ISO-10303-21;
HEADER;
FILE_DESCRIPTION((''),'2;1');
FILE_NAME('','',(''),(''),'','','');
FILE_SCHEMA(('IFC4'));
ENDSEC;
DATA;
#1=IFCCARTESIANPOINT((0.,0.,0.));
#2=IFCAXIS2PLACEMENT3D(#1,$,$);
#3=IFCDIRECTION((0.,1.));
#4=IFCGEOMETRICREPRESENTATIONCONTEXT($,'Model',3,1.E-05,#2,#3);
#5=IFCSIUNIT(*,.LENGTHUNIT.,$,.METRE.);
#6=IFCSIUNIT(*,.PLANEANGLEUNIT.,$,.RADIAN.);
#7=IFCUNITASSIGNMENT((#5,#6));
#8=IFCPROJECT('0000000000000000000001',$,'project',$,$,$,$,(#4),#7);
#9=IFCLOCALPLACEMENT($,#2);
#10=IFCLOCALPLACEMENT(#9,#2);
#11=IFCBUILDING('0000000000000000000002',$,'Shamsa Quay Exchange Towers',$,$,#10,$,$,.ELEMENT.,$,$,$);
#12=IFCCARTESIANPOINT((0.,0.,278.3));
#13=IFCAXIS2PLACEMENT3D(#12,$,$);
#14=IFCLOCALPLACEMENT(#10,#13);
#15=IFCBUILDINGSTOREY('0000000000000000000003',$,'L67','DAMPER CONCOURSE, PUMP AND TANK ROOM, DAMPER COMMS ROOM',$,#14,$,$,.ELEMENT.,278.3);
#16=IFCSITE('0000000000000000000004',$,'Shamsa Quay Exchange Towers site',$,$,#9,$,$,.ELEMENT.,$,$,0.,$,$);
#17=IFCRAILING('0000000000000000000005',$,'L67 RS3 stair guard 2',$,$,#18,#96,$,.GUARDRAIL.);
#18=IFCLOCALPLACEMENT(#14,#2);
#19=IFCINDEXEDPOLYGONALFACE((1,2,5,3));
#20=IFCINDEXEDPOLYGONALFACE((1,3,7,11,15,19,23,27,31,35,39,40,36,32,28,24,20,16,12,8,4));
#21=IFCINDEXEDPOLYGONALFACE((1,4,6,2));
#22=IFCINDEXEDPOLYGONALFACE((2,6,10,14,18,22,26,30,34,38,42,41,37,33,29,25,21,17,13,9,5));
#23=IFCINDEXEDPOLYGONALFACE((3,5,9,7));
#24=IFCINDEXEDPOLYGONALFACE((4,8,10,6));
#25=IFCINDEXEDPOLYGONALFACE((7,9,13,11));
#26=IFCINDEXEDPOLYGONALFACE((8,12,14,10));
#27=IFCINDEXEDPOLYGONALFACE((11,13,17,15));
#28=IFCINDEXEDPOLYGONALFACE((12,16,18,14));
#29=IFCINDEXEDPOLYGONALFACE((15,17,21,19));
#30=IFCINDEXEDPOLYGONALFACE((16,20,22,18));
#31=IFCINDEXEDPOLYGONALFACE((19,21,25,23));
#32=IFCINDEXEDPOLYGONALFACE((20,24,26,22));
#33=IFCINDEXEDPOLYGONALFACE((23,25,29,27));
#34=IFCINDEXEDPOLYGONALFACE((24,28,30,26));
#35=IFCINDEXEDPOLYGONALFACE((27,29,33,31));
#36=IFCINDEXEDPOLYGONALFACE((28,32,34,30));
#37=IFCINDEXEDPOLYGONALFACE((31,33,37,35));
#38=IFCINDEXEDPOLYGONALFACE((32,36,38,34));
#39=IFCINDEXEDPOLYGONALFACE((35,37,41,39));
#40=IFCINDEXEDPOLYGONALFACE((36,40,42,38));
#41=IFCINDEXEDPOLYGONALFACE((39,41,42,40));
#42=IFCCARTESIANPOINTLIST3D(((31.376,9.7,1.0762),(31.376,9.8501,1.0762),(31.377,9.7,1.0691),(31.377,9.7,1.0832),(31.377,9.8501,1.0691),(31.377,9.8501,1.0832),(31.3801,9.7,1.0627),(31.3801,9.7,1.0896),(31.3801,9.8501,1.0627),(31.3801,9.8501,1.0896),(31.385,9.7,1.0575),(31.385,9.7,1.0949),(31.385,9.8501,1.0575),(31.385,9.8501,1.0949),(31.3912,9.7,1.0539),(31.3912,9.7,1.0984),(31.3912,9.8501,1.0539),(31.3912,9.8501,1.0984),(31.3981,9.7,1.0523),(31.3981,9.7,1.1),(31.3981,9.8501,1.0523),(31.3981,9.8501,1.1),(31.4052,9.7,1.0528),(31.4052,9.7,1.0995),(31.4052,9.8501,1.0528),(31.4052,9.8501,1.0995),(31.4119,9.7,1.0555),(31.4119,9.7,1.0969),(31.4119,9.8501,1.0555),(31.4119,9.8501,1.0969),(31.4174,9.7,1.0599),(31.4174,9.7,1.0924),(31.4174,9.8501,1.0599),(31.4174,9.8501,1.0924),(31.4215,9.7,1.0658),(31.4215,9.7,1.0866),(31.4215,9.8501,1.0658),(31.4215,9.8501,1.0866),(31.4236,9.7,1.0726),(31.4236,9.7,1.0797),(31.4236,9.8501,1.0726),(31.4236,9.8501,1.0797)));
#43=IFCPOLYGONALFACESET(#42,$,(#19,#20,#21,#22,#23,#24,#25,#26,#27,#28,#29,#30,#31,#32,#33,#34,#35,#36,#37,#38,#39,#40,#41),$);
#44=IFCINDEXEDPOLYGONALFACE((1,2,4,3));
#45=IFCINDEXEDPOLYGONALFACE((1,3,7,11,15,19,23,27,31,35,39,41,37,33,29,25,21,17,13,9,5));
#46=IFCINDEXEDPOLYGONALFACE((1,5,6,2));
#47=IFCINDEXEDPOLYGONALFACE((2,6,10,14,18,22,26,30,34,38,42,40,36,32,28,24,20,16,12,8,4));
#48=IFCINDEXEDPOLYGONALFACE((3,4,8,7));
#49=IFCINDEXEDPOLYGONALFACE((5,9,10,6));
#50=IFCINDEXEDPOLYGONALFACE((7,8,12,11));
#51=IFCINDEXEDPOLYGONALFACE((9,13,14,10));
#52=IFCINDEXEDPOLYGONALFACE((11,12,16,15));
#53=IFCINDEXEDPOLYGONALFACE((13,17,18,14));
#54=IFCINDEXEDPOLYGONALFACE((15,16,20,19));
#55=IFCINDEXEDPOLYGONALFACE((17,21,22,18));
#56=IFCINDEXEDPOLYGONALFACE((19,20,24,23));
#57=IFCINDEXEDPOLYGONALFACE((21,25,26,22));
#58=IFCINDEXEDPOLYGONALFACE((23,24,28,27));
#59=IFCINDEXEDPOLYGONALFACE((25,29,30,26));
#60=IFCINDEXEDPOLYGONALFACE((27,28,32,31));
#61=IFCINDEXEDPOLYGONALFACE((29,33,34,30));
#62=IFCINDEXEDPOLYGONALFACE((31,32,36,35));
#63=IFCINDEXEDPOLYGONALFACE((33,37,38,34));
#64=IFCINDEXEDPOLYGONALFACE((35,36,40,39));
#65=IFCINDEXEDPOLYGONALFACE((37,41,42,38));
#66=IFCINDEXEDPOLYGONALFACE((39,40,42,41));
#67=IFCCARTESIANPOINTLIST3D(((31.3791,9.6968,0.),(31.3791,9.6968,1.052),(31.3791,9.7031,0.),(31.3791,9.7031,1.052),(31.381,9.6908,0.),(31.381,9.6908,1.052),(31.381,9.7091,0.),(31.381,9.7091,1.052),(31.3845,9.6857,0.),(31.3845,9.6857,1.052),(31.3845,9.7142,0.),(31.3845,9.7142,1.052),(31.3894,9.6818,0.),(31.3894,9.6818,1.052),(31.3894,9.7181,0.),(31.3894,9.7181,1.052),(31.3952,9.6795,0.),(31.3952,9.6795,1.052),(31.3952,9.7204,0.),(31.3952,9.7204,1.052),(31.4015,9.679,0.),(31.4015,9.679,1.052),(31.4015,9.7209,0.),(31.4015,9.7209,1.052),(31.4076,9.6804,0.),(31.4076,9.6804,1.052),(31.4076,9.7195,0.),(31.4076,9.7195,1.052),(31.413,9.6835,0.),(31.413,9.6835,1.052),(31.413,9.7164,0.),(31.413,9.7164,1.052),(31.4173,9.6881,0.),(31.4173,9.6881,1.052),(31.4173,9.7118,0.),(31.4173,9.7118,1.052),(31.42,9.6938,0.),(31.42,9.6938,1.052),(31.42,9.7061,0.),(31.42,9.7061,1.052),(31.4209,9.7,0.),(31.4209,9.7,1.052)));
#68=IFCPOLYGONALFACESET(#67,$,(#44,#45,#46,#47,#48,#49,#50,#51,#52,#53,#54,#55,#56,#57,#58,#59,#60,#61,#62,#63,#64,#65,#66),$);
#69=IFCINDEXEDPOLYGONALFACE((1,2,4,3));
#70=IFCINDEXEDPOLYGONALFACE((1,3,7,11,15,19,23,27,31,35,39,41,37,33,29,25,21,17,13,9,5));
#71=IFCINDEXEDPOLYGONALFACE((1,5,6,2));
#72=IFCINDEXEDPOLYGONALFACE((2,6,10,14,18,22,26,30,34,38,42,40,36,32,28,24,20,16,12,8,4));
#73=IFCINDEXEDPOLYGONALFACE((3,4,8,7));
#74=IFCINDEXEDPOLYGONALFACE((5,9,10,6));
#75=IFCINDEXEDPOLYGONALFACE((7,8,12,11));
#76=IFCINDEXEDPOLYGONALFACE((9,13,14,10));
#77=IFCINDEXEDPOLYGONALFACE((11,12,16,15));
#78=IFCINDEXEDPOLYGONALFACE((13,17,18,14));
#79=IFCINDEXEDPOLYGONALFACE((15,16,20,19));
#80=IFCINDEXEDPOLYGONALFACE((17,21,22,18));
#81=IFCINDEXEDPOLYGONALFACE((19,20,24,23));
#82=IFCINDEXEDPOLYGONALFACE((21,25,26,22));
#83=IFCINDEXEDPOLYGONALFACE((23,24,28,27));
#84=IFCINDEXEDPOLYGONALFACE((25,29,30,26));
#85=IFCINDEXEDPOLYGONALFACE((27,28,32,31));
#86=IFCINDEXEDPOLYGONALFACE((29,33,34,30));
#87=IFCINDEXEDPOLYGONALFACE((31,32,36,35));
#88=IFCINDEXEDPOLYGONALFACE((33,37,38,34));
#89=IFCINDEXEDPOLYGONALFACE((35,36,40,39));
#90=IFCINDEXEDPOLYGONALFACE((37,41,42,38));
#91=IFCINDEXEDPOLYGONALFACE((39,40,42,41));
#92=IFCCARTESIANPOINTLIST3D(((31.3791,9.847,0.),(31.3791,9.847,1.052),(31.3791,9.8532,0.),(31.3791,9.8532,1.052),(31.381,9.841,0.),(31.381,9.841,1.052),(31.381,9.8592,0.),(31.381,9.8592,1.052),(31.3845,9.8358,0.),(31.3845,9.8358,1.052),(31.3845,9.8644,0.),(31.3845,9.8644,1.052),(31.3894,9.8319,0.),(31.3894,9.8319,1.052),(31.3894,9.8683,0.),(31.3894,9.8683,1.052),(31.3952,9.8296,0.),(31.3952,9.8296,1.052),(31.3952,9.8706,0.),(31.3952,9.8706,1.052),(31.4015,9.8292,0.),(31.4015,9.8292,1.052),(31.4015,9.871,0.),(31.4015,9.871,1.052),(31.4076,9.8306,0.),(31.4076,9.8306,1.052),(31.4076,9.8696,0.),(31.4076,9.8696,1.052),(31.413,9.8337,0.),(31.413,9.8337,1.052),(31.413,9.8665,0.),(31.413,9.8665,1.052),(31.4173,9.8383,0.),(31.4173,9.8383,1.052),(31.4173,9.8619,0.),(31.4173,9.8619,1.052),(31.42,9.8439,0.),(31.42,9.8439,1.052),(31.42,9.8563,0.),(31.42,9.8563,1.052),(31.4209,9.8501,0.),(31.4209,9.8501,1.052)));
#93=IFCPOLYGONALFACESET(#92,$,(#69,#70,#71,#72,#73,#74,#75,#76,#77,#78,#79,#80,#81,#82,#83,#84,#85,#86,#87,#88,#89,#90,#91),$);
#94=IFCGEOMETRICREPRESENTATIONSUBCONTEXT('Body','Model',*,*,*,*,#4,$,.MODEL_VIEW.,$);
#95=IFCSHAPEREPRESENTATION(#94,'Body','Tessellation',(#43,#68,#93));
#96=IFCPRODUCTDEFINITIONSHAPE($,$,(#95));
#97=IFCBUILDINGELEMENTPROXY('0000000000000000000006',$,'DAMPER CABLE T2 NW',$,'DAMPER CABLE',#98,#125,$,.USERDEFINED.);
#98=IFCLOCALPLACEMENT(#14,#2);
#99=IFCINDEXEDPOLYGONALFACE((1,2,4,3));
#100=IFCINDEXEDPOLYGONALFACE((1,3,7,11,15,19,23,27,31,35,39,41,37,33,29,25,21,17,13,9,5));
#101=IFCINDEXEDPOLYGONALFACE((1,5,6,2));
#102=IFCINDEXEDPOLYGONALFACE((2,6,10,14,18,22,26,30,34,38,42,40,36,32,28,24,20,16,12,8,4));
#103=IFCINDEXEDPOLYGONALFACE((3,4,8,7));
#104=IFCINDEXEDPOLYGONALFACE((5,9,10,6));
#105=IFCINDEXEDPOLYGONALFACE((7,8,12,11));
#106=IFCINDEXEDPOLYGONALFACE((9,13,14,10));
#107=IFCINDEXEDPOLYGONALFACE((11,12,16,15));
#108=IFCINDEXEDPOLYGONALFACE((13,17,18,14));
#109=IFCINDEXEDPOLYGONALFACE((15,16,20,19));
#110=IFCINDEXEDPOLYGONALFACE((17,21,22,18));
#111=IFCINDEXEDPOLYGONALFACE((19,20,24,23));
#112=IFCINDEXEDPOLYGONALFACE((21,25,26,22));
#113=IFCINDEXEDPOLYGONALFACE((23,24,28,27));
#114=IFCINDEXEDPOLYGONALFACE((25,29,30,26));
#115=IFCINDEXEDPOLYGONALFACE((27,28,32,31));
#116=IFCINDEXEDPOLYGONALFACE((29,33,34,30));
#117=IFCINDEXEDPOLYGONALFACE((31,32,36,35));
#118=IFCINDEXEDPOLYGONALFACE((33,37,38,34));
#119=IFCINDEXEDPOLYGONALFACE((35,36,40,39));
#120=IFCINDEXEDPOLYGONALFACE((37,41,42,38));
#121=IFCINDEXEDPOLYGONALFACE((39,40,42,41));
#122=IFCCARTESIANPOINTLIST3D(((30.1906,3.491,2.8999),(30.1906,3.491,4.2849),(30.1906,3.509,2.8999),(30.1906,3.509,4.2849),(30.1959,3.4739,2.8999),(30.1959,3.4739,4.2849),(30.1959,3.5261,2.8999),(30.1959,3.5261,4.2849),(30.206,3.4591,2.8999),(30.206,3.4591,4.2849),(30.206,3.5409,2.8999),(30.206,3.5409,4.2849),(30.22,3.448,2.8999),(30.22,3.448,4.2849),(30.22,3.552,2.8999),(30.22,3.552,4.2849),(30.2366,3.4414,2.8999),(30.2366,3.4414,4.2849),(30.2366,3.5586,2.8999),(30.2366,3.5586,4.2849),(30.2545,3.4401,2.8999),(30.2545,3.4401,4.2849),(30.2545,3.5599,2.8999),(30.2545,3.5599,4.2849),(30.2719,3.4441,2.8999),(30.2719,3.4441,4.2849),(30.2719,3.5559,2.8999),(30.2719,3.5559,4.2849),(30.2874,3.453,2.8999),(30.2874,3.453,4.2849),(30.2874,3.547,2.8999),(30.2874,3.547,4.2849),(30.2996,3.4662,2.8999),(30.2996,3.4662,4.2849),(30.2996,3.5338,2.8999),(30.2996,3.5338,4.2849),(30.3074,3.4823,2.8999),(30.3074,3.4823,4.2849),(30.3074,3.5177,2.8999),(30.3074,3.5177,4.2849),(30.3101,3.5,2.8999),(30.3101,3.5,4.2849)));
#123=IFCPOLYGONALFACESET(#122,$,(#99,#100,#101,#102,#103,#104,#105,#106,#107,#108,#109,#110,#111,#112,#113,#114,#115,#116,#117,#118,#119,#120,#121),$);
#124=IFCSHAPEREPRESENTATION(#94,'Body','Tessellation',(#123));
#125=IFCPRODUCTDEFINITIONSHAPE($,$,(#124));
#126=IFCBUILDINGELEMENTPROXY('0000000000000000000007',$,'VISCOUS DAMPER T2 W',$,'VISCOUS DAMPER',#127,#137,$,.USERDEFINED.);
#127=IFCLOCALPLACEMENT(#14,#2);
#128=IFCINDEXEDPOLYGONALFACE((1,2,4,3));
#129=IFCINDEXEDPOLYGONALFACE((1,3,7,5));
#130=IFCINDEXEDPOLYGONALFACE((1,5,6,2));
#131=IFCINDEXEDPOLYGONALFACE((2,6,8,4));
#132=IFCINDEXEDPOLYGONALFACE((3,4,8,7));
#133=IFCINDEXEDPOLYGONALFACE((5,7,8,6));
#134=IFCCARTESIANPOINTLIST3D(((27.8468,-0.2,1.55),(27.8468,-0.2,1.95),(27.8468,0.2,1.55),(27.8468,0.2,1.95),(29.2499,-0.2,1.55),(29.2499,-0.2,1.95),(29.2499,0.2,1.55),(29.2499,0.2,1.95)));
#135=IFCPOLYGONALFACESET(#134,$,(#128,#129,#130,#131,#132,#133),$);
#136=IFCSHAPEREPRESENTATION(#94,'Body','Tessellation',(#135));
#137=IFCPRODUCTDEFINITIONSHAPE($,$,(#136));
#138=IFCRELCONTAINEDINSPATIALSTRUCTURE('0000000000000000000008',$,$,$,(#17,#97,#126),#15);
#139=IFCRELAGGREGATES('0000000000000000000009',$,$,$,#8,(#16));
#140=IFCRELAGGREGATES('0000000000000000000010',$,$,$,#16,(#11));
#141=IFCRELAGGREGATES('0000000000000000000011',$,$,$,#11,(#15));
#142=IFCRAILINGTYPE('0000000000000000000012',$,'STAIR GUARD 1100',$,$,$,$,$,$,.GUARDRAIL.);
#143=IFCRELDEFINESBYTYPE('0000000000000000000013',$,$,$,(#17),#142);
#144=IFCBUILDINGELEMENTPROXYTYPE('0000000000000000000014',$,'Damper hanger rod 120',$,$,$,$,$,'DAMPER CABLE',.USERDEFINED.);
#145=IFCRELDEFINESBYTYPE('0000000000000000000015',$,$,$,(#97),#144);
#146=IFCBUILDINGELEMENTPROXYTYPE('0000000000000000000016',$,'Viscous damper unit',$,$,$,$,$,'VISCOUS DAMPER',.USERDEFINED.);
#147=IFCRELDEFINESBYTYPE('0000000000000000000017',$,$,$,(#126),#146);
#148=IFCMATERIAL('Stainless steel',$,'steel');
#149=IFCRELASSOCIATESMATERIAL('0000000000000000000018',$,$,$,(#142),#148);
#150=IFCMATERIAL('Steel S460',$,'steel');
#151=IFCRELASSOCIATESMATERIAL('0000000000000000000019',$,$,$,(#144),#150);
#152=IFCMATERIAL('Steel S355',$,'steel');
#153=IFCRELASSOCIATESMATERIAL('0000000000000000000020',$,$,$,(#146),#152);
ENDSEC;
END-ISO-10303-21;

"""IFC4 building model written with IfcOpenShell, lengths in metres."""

from ifc_helpers import new_model, si_unit, direction, frame, origin, origin_2d, place, context, subcontext, project, spatial, rectangle, circle, extrude, material, material_profile, profile_set, type_object, element, save


model = new_model("IFC4")

# Units and contexts
model_context = context("Model", 3, precision=1e-05, world=origin(), true_north=direction((0.0, 1.0)))
body_context = subcontext(model_context, "Body", "Model", "MODEL_VIEW")
ifc_project = project(units=[si_unit("LENGTHUNIT", "METRE"), si_unit("PLANEANGLEUNIT", "RADIAN")], contexts=[model_context])

# Site, building, storey
site_placement = place(None, origin())
site = spatial("IfcSite", under=ifc_project, at=site_placement, Name="Shamsa Quay Exchange Towers site", CompositionType="ELEMENT", RefElevation=0.0)
building_placement = place(site_placement, origin())
building = spatial("IfcBuilding", under=site, at=building_placement, Name="Shamsa Quay Exchange Towers", CompositionType="ELEMENT")
storey_placement = place(building_placement, frame((0.0, 0.0, 278.3)))
storey = spatial("IfcBuildingStorey", under=building, at=storey_placement, Name="L67", Description="DAMPER CONCOURSE, PUMP AND TANK ROOM, DAMPER COMMS ROOM", CompositionType="ELEMENT", Elevation=278.3)

# Shared definitions
ifc_material_1 = material(Name="Steel S355", Category="steel")

# Railing
ifc_material_2 = material(Name="Stainless steel", Category="steel")
railing_type_1 = type_object("IfcRailingType", Name="STAIR GUARD 1100", PredefinedType="GUARDRAIL", material=ifc_material_2)
railing_1_placement = place(storey_placement, frame((31.3999, 9.7, 0.0)))
element("IfcRailing", 1, at=railing_1_placement, inside=storey, type_object=railing_type_1, Name="L67 RS3 stair guard 2", PredefinedType="GUARDRAIL", context=body_context, shape_type="SweptSolid", body=[
    extrude(circle(Radius=0.0239, at=origin_2d()), frame((0.0, 0.0, 1.0762), z_axis=(0.0, 1.0, 0.0), x_axis=(-1.0, 0.0, 0.0)), (0.0, 0.0, 1.0), 0.1501),
    extrude(circle(Radius=0.021, at=origin_2d()), origin(), (0.0, 0.0, 1.0), 1.052),
    extrude(circle(Radius=0.021, at=origin_2d()), frame((0.0, 0.1501, 0.0)), (0.0, 0.0, 1.0), 1.052),
])

# Building element proxies
ifc_material_3 = material(Name="Steel S460", Category="steel")
ifc_material_profile_1 = material_profile(ifc_material_3, circle(Radius=0.0601, at=origin_2d()), Name="R120")
ifc_profile_set_1 = profile_set([ifc_material_profile_1], Name="Steel S460")
building_element_proxy_type_1 = type_object("IfcBuildingElementProxyType", Name="Damper hanger rod 120", ElementType="DAMPER CABLE", PredefinedType="USERDEFINED", material=ifc_profile_set_1)
proxy_1_placement = place(storey_placement, frame((30.25, 3.5, 2.8999)))
element("IfcBuildingElementProxy", 2, at=proxy_1_placement, inside=storey, type_object=building_element_proxy_type_1, Name="DAMPER CABLE T2 NW", ObjectType="DAMPER CABLE", PredefinedType="USERDEFINED", context=body_context, shape_type="SweptSolid", body=[
    extrude(circle(Radius=0.0601, at=origin_2d()), origin(), (0.0, 0.0, 1.0), 1.385),
])
building_element_proxy_type_2 = type_object("IfcBuildingElementProxyType", Name="Viscous damper unit", ElementType="VISCOUS DAMPER", PredefinedType="USERDEFINED", material=ifc_material_1)
proxy_2_placement = place(storey_placement, frame((28.5483, 0.0, 1.55)))
element("IfcBuildingElementProxy", 3, at=proxy_2_placement, inside=storey, type_object=building_element_proxy_type_2, Name="VISCOUS DAMPER T2 W", ObjectType="VISCOUS DAMPER", PredefinedType="USERDEFINED", context=body_context, shape_type="SweptSolid", body=[
    extrude(rectangle(XDim=1.4031, YDim=0.3999, at=origin_2d()), origin(), (0.0, 0.0, 1.0), 0.3999),
])

save(model, "model.ifc")
